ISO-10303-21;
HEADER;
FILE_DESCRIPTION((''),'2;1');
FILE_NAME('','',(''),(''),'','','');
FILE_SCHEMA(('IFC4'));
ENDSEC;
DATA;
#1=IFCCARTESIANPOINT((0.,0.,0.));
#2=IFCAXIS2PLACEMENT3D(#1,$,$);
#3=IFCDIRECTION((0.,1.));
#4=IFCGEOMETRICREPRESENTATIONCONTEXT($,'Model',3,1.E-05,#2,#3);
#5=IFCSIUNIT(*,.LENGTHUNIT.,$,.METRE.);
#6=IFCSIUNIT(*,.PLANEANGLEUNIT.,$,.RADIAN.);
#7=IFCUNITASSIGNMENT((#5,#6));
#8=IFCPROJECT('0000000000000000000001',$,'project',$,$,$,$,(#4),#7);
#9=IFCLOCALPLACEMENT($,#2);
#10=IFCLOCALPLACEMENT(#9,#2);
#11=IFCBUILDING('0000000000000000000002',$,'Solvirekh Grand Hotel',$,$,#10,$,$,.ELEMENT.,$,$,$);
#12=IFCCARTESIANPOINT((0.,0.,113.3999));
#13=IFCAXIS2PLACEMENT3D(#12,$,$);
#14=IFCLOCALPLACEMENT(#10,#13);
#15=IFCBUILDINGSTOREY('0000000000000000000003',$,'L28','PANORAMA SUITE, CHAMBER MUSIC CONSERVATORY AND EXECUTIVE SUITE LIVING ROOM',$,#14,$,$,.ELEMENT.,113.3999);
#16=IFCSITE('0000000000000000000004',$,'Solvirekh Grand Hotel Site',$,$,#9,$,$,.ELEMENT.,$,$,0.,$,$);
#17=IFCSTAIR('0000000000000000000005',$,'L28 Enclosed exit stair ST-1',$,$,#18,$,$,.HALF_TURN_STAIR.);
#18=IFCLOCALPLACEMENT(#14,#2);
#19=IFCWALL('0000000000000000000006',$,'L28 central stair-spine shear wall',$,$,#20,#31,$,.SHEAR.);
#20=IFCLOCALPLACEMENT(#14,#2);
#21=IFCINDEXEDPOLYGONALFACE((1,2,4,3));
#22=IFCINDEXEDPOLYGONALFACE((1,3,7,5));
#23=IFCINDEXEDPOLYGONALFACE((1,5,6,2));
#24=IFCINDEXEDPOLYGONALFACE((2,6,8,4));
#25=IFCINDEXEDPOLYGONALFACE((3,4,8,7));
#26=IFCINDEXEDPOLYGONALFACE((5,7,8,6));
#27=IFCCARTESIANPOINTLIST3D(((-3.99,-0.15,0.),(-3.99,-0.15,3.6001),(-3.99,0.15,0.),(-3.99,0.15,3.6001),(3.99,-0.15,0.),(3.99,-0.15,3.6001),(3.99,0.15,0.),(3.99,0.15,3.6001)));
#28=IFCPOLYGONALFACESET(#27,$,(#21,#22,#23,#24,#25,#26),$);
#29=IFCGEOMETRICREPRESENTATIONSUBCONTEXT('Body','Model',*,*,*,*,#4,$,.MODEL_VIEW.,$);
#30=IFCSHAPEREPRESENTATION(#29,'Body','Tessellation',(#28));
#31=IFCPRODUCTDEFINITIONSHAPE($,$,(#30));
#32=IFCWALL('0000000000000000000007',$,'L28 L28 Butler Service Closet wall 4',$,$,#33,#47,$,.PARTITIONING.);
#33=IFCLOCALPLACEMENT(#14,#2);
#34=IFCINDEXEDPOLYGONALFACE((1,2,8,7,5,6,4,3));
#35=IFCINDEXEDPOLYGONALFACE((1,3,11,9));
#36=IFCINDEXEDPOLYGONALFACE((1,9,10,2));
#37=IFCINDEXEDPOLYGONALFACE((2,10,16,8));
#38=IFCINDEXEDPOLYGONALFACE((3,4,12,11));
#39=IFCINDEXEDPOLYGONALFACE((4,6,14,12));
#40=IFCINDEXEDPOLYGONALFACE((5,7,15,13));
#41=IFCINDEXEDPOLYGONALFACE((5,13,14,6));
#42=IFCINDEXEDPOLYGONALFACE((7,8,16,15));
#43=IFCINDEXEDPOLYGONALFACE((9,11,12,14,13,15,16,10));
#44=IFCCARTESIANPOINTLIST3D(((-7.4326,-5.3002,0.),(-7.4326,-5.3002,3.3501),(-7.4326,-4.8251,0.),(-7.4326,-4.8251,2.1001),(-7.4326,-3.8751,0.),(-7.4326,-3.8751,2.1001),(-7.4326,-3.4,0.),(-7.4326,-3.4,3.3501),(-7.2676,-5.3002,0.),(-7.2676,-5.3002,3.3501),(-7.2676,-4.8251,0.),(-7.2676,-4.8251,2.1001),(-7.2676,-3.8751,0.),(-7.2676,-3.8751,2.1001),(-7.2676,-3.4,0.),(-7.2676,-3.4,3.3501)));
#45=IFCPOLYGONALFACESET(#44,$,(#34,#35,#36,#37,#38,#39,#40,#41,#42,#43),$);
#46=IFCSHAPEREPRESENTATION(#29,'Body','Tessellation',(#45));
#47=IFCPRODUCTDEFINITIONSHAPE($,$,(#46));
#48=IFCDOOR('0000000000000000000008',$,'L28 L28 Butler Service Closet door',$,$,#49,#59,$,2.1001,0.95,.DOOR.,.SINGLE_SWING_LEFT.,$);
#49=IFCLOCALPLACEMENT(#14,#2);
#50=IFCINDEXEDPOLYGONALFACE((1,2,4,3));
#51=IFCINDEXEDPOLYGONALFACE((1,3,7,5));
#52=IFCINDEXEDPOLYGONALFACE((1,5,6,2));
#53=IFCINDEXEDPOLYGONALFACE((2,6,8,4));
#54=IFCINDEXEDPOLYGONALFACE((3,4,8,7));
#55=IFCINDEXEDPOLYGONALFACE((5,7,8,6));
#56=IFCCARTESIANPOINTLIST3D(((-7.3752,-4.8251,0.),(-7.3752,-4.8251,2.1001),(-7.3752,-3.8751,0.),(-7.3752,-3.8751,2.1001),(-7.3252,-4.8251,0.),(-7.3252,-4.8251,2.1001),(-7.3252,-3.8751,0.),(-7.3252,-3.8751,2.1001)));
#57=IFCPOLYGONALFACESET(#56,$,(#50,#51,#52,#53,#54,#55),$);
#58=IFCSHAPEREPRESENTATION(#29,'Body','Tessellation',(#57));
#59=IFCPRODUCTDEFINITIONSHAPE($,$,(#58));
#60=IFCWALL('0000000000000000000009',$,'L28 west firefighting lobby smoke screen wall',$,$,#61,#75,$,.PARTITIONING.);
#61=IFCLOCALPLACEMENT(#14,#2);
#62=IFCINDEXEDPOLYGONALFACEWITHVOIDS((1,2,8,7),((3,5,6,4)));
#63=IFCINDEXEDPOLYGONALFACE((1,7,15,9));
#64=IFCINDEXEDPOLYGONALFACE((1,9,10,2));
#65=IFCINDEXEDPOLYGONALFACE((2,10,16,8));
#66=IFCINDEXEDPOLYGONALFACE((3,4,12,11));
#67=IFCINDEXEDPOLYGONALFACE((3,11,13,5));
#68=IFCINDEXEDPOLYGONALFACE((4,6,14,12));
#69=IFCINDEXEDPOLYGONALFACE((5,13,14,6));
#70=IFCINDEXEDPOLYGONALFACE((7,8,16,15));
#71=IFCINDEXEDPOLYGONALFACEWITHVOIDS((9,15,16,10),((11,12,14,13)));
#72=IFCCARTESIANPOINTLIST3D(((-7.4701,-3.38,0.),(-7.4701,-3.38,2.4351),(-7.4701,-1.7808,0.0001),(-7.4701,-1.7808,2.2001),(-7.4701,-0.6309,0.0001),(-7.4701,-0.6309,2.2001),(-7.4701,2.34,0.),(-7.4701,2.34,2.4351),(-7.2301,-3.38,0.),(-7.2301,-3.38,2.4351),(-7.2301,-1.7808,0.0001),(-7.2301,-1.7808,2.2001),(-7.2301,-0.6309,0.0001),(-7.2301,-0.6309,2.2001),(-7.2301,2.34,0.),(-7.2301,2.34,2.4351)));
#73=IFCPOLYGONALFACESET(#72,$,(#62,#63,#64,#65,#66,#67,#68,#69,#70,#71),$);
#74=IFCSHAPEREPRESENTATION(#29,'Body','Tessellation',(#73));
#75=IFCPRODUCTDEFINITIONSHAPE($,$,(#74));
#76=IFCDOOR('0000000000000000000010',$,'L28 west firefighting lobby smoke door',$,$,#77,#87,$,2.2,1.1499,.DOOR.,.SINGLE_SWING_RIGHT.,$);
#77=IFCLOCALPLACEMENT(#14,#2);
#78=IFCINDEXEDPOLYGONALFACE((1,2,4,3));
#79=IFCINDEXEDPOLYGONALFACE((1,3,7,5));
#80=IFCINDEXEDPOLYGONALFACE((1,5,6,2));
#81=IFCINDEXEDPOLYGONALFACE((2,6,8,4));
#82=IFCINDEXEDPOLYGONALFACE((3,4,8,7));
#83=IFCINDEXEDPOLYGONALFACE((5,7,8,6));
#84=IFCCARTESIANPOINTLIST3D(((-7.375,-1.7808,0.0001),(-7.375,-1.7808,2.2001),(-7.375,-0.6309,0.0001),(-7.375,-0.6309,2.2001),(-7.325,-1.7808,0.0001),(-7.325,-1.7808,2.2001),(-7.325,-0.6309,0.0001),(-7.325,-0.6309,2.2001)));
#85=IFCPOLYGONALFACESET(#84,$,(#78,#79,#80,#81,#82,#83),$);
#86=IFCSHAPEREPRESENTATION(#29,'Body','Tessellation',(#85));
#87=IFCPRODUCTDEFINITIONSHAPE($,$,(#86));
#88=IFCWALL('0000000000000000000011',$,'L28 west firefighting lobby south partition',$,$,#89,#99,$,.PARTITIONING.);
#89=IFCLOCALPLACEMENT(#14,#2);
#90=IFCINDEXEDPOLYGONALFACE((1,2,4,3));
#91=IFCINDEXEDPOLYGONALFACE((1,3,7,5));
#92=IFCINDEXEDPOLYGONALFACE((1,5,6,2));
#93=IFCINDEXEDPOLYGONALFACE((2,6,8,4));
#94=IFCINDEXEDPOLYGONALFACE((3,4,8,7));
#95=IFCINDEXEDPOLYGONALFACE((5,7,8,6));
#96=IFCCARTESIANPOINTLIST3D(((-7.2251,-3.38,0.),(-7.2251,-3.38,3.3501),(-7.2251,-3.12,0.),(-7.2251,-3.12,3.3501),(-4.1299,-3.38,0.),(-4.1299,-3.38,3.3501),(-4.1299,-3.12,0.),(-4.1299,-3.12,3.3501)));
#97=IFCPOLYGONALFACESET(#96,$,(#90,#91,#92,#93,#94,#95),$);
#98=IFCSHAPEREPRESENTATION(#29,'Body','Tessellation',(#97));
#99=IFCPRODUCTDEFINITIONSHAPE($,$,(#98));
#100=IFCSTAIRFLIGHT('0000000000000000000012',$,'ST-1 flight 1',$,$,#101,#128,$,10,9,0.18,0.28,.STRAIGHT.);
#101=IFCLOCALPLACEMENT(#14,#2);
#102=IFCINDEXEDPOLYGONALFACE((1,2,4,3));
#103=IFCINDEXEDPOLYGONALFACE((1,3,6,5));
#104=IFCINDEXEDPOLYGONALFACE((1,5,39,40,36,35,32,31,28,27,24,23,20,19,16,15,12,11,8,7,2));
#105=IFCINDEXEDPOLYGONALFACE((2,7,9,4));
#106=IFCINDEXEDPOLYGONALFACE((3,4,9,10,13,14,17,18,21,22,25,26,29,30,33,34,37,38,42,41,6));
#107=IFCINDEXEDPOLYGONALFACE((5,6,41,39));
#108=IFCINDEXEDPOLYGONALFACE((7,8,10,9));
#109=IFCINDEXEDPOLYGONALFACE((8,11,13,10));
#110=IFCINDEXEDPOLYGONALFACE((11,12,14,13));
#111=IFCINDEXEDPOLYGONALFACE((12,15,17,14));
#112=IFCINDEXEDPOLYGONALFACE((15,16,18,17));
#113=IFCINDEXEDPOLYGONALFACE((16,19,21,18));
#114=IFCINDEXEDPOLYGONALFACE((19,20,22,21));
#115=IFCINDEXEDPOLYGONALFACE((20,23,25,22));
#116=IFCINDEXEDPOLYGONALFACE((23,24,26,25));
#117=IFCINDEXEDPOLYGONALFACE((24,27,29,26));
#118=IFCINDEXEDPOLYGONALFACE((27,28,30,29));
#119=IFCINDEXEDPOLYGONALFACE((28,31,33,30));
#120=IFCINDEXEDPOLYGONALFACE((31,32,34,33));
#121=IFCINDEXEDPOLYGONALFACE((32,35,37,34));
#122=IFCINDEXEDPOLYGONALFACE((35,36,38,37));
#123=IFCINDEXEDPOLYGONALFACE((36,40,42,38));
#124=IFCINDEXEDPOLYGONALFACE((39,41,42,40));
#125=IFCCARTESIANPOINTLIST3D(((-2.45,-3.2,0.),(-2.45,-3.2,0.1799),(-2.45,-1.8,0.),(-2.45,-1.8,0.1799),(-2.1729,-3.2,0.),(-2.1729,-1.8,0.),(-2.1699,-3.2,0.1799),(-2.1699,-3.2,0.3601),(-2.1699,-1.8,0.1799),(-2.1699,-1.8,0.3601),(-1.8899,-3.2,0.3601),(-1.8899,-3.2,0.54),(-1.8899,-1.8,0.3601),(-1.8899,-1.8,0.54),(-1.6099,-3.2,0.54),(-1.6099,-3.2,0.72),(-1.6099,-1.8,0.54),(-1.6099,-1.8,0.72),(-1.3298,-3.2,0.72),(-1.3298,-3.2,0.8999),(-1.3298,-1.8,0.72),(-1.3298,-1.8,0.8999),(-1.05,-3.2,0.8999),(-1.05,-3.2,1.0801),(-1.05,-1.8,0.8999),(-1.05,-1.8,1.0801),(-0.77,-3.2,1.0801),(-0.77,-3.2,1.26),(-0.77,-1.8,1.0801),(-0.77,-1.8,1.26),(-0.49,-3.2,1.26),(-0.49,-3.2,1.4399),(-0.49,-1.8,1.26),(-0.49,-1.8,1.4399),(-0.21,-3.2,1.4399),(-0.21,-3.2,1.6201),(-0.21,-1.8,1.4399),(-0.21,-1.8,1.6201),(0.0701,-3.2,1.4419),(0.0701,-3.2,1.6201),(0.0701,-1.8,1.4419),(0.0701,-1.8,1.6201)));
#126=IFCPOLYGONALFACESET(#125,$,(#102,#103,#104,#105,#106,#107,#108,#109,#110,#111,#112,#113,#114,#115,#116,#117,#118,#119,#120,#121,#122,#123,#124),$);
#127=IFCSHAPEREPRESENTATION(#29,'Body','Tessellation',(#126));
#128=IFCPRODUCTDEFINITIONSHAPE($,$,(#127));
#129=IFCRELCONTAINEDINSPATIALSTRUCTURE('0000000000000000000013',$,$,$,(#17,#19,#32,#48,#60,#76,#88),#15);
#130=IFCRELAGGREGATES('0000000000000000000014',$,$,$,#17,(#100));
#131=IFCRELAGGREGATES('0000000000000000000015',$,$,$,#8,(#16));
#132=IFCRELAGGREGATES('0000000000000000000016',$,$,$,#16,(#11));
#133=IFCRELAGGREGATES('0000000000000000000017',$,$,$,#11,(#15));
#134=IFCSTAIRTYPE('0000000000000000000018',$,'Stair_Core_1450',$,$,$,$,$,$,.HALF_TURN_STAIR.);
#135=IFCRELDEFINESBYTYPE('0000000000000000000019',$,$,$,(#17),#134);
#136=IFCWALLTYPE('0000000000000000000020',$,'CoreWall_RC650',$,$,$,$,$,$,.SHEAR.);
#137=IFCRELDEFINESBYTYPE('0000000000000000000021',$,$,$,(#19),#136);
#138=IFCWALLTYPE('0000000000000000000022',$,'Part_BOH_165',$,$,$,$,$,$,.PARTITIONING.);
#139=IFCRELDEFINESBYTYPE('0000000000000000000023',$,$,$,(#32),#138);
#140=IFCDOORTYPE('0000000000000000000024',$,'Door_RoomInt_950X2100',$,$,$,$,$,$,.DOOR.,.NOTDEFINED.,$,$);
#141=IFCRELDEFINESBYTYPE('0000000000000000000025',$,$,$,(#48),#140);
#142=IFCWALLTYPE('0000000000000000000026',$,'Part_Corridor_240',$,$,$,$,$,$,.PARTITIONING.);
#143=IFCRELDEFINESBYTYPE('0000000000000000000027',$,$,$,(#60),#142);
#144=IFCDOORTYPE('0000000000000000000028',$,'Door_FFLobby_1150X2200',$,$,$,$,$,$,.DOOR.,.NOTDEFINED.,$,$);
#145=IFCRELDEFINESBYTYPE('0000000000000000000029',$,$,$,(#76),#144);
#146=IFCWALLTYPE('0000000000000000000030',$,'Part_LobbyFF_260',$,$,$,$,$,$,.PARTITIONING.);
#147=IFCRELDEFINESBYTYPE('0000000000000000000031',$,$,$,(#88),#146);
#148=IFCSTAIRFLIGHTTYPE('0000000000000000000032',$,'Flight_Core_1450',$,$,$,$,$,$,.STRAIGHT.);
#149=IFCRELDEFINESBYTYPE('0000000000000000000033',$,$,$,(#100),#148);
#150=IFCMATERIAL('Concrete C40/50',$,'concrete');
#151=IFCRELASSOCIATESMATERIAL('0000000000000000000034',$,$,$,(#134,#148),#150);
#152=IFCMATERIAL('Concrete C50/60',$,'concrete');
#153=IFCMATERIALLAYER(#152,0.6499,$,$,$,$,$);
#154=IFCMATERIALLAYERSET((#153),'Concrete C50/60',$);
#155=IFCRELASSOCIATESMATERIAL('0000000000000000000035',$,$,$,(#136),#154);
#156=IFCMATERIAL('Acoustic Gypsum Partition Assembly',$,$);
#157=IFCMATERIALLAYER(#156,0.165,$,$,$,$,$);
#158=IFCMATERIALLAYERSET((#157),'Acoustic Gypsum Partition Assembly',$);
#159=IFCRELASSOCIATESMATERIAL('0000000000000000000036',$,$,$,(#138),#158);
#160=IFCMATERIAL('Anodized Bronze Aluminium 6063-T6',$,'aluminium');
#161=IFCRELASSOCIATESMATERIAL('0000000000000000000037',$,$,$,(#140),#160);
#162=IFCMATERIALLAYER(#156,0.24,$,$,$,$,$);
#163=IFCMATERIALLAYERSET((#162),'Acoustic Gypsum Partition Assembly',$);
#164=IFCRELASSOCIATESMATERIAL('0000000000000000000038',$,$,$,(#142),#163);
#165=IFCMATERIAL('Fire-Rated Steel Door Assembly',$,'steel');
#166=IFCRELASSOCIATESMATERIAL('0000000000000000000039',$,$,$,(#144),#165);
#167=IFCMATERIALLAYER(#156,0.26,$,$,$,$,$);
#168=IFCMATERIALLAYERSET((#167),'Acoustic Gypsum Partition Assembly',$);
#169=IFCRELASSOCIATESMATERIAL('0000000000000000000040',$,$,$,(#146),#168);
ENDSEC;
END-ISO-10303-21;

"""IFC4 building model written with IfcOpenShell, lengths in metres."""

from ifc_helpers import new_model, si_unit, direction, frame, frame_2d, origin, place, context, subcontext, project, spatial, polyline, rectangle, outline, extrude, material, layer, layer_set, type_object, element, fill, aggregate, save


model = new_model("IFC4")

# Units and contexts
model_context = context("Model", 3, precision=1e-05, world=origin(), true_north=direction((0.0, 1.0)))
body_context = subcontext(model_context, "Body", "Model", "MODEL_VIEW")
ifc_project = project(units=[si_unit("LENGTHUNIT", "METRE"), si_unit("PLANEANGLEUNIT", "RADIAN")], contexts=[model_context])

# Site, building, storey
site_placement = place(None, origin())
site = spatial("IfcSite", under=ifc_project, at=site_placement, Name="Solvirekh Grand Hotel Site", CompositionType="ELEMENT", RefElevation=0.0)
building_placement = place(site_placement, origin())
building = spatial("IfcBuilding", under=site, at=building_placement, Name="Solvirekh Grand Hotel", CompositionType="ELEMENT")
storey_placement = place(building_placement, frame((0.0, 0.0, 113.3999)))
storey = spatial("IfcBuildingStorey", under=building, at=storey_placement, Name="L28", Description="PANORAMA SUITE, CHAMBER MUSIC CONSERVATORY AND EXECUTIVE SUITE LIVING ROOM", CompositionType="ELEMENT", Elevation=113.3999)

# Shared definitions
ifc_material_1 = material(Name="Concrete C50/60", Category="concrete")

# Stair
ifc_material_2 = material(Name="Concrete C40/50", Category="concrete")
stair_type = type_object("IfcStairType", Name="Stair_Core_1450", PredefinedType="HALF_TURN_STAIR", material=ifc_material_2)
stair_1_placement = place(storey_placement, origin())
stair_1 = element("IfcStair", 1, at=stair_1_placement, inside=storey, type_object=stair_type, Name="L28 Enclosed exit stair ST-1", PredefinedType="HALF_TURN_STAIR")

# Shared definitions
ifc_material_3 = material(Name="Fire-Rated Steel Door Assembly", Category="steel")

# Wall
ifc_layer_1 = layer(ifc_material_1, 0.6499)
ifc_layer_set_1 = layer_set([ifc_layer_1], Name="Concrete C50/60")
wall_type_1 = type_object("IfcWallType", Name="CoreWall_RC650", PredefinedType="SHEAR", material=ifc_layer_set_1)
wall_1_placement = place(storey_placement, frame((-3.99, 0.0, 0.0), z_axis=(0.0, 0.0, 1.0), x_axis=(1.0, 0.0, 0.0)))
element("IfcWall", 2, at=wall_1_placement, inside=storey, type_object=wall_type_1, Name="L28 central stair-spine shear wall", PredefinedType="SHEAR", context=body_context, shape_type="SweptSolid", body=[
    extrude(rectangle(XDim=7.98, YDim=0.3, at=frame_2d((3.99, 0.0))), origin(), (0.0, 0.0, 1.0), 3.6001),
])

# Walls, openings, doors
ifc_material_4 = material(Name="Acoustic Gypsum Partition Assembly")
ifc_layer_2 = layer(ifc_material_4, 0.165)
ifc_layer_set_2 = layer_set([ifc_layer_2], Name="Acoustic Gypsum Partition Assembly")
wall_type_2 = type_object("IfcWallType", Name="Part_BOH_165", PredefinedType="PARTITIONING", material=ifc_layer_set_2)
wall_2_placement = place(storey_placement, frame((-7.3501, -3.3999, 0.0), z_axis=(0.0, 0.0, 1.0), x_axis=(0.0, -1.0, 0.0)))
wall_2 = element("IfcWall", 3, at=wall_2_placement, inside=storey, type_object=wall_type_2, Name="L28 L28 Butler Service Closet wall 4", PredefinedType="PARTITIONING", context=body_context, shape_type="SweptSolid", body=[
    extrude(rectangle(XDim=1.9001, YDim=0.165, at=frame_2d((0.9502, 0.0))), origin(), (0.0, 0.0, 1.0), 3.3501),
])
opening_1_placement = place(wall_2_placement, frame((0.4751, 0.0, 0.0)))
opening_1 = element("IfcOpeningElement", 4, at=opening_1_placement, cuts=wall_2, PredefinedType="OPENING", context=body_context, shape_type="SweptSolid", body=[
    extrude(rectangle(XDim=0.95, YDim=2.1001, at=frame_2d((0.4751, 1.05))), frame((0.0, 0.0925, 0.0), z_axis=(0.0, -1.0, 0.0), x_axis=(1.0, 0.0, 0.0)), (0.0, 0.0, 1.0), 0.1851),
])
ifc_material_5 = material(Name="Anodized Bronze Aluminium 6063-T6", Category="aluminium")
door_type_1 = type_object("IfcDoorType", Name="Door_RoomInt_950X2100", OperationType="NOTDEFINED", PredefinedType="DOOR", material=ifc_material_5)
door_1_placement = place(opening_1_placement, origin())
door_1 = element("IfcDoor", 5, at=door_1_placement, inside=storey, type_object=door_type_1, Name="L28 L28 Butler Service Closet door", OperationType="SINGLE_SWING_LEFT", OverallHeight=2.1001, OverallWidth=0.95, PredefinedType="DOOR", context=body_context, shape_type="SweptSolid", body=[
    extrude(rectangle(XDim=0.95, YDim=2.1001, at=frame_2d((0.4751, 1.05))), frame((0.0, 0.0249, 0.0), z_axis=(0.0, -1.0, 0.0), x_axis=(1.0, 0.0, 0.0)), (0.0, 0.0, 1.0), 0.05),
])
fill(opening_1, door_1)
ifc_layer_3 = layer(ifc_material_4, 0.24)
ifc_layer_set_3 = layer_set([ifc_layer_3], Name="Acoustic Gypsum Partition Assembly")
wall_type_3 = type_object("IfcWallType", Name="Part_Corridor_240", PredefinedType="PARTITIONING", material=ifc_layer_set_3)
wall_3_placement = place(storey_placement, frame((-7.3501, -3.3799, 0.0), z_axis=(0.0, 0.0, 1.0), x_axis=(0.0, 1.0, 0.0)))
wall_3 = element("IfcWall", 6, at=wall_3_placement, inside=storey, type_object=wall_type_3, Name="L28 west firefighting lobby smoke screen wall", PredefinedType="PARTITIONING", context=body_context, shape_type="SweptSolid", body=[
    extrude(rectangle(XDim=5.72, YDim=0.24, at=frame_2d((2.8599, 0.0))), origin(), (0.0, 0.0, 1.0), 2.4351),
])
opening_2_placement = place(wall_3_placement, frame((1.5991, 0.0, 0.0)))
opening_2 = element("IfcOpeningElement", 7, at=opening_2_placement, cuts=wall_3, PredefinedType="OPENING", context=body_context, shape_type="SweptSolid", body=[
    extrude(rectangle(XDim=1.1499, YDim=2.2, at=frame_2d((0.575, 1.1001))), frame((0.0, 0.1299, 0.0), z_axis=(0.0, -1.0, 0.0), x_axis=(1.0, 0.0, 0.0)), (0.0, 0.0, 1.0), 0.26),
])
door_type_2 = type_object("IfcDoorType", Name="Door_FFLobby_1150X2200", OperationType="NOTDEFINED", PredefinedType="DOOR", material=ifc_material_3)
door_2_placement = place(opening_2_placement, origin())
door_2 = element("IfcDoor", 8, at=door_2_placement, inside=storey, type_object=door_type_2, Name="L28 west firefighting lobby smoke door", OperationType="SINGLE_SWING_RIGHT", OverallHeight=2.2, OverallWidth=1.1499, PredefinedType="DOOR", context=body_context, shape_type="SweptSolid", body=[
    extrude(rectangle(XDim=1.1499, YDim=2.2, at=frame_2d((0.575, 1.1001))), frame((0.0, 0.0249, 0.0), z_axis=(0.0, -1.0, 0.0), x_axis=(1.0, 0.0, 0.0)), (0.0, 0.0, 1.0), 0.05),
])
fill(opening_2, door_2)

# Wall
ifc_layer_4 = layer(ifc_material_4, 0.26)
ifc_layer_set_4 = layer_set([ifc_layer_4], Name="Acoustic Gypsum Partition Assembly")
wall_type_4 = type_object("IfcWallType", Name="Part_LobbyFF_260", PredefinedType="PARTITIONING", material=ifc_layer_set_4)
wall_4_placement = place(storey_placement, frame((-7.2251, -3.25, 0.0), z_axis=(0.0, 0.0, 1.0), x_axis=(1.0, 0.0, 0.0)))
element("IfcWall", 9, at=wall_4_placement, inside=storey, type_object=wall_type_4, Name="L28 west firefighting lobby south partition", PredefinedType="PARTITIONING", context=body_context, shape_type="SweptSolid", body=[
    extrude(rectangle(XDim=3.0952, YDim=0.26, at=frame_2d((1.5476, 0.0))), origin(), (0.0, 0.0, 1.0), 3.3501),
])

# Stair flight
stair_flight_type = type_object("IfcStairFlightType", Name="Flight_Core_1450", PredefinedType="STRAIGHT", material=ifc_material_2)
stair_flight_placement = place(storey_placement, frame((-2.45, -2.5, 0.0), z_axis=(0.0, 0.0, 1.0), x_axis=(1.0, 0.0, 0.0)))
stair_flight = element("IfcStairFlight", 10, at=stair_flight_placement, type_object=stair_flight_type, Name="ST-1 flight 1", NumberOfRisers=10, NumberOfTreads=9, PredefinedType="STRAIGHT", RiserHeight=0.18, TreadLength=0.28, context=body_context, shape_type="SweptSolid", body=[
    extrude(outline(polyline([(0.0, 0.0), (0.0, 0.1799), (0.28, 0.1799), (0.28, 0.3601), (0.5601, 0.3601), (0.5601, 0.54), (0.8401, 0.54), (0.8401, 0.72), (1.1201, 0.72), (1.1201, 0.8999), (1.3999, 0.8999), (1.3999, 1.0801), (1.6799, 1.0801), (1.6799, 1.26), (1.96, 1.26), (1.96, 1.4399), (2.24, 1.4399), (2.24, 1.6201), (2.52, 1.6201), (2.52, 1.8), (2.52, 1.4419), (0.2771, 0.0), (0.0, 0.0)])), frame((0.0, 0.7, 0.0), z_axis=(0.0, -1.0, 0.0), x_axis=(1.0, 0.0, 0.0)), (0.0, 0.0, 1.0), 1.3999),
])
aggregate(stair_1, [stair_flight])

save(model, "model.ifc")
